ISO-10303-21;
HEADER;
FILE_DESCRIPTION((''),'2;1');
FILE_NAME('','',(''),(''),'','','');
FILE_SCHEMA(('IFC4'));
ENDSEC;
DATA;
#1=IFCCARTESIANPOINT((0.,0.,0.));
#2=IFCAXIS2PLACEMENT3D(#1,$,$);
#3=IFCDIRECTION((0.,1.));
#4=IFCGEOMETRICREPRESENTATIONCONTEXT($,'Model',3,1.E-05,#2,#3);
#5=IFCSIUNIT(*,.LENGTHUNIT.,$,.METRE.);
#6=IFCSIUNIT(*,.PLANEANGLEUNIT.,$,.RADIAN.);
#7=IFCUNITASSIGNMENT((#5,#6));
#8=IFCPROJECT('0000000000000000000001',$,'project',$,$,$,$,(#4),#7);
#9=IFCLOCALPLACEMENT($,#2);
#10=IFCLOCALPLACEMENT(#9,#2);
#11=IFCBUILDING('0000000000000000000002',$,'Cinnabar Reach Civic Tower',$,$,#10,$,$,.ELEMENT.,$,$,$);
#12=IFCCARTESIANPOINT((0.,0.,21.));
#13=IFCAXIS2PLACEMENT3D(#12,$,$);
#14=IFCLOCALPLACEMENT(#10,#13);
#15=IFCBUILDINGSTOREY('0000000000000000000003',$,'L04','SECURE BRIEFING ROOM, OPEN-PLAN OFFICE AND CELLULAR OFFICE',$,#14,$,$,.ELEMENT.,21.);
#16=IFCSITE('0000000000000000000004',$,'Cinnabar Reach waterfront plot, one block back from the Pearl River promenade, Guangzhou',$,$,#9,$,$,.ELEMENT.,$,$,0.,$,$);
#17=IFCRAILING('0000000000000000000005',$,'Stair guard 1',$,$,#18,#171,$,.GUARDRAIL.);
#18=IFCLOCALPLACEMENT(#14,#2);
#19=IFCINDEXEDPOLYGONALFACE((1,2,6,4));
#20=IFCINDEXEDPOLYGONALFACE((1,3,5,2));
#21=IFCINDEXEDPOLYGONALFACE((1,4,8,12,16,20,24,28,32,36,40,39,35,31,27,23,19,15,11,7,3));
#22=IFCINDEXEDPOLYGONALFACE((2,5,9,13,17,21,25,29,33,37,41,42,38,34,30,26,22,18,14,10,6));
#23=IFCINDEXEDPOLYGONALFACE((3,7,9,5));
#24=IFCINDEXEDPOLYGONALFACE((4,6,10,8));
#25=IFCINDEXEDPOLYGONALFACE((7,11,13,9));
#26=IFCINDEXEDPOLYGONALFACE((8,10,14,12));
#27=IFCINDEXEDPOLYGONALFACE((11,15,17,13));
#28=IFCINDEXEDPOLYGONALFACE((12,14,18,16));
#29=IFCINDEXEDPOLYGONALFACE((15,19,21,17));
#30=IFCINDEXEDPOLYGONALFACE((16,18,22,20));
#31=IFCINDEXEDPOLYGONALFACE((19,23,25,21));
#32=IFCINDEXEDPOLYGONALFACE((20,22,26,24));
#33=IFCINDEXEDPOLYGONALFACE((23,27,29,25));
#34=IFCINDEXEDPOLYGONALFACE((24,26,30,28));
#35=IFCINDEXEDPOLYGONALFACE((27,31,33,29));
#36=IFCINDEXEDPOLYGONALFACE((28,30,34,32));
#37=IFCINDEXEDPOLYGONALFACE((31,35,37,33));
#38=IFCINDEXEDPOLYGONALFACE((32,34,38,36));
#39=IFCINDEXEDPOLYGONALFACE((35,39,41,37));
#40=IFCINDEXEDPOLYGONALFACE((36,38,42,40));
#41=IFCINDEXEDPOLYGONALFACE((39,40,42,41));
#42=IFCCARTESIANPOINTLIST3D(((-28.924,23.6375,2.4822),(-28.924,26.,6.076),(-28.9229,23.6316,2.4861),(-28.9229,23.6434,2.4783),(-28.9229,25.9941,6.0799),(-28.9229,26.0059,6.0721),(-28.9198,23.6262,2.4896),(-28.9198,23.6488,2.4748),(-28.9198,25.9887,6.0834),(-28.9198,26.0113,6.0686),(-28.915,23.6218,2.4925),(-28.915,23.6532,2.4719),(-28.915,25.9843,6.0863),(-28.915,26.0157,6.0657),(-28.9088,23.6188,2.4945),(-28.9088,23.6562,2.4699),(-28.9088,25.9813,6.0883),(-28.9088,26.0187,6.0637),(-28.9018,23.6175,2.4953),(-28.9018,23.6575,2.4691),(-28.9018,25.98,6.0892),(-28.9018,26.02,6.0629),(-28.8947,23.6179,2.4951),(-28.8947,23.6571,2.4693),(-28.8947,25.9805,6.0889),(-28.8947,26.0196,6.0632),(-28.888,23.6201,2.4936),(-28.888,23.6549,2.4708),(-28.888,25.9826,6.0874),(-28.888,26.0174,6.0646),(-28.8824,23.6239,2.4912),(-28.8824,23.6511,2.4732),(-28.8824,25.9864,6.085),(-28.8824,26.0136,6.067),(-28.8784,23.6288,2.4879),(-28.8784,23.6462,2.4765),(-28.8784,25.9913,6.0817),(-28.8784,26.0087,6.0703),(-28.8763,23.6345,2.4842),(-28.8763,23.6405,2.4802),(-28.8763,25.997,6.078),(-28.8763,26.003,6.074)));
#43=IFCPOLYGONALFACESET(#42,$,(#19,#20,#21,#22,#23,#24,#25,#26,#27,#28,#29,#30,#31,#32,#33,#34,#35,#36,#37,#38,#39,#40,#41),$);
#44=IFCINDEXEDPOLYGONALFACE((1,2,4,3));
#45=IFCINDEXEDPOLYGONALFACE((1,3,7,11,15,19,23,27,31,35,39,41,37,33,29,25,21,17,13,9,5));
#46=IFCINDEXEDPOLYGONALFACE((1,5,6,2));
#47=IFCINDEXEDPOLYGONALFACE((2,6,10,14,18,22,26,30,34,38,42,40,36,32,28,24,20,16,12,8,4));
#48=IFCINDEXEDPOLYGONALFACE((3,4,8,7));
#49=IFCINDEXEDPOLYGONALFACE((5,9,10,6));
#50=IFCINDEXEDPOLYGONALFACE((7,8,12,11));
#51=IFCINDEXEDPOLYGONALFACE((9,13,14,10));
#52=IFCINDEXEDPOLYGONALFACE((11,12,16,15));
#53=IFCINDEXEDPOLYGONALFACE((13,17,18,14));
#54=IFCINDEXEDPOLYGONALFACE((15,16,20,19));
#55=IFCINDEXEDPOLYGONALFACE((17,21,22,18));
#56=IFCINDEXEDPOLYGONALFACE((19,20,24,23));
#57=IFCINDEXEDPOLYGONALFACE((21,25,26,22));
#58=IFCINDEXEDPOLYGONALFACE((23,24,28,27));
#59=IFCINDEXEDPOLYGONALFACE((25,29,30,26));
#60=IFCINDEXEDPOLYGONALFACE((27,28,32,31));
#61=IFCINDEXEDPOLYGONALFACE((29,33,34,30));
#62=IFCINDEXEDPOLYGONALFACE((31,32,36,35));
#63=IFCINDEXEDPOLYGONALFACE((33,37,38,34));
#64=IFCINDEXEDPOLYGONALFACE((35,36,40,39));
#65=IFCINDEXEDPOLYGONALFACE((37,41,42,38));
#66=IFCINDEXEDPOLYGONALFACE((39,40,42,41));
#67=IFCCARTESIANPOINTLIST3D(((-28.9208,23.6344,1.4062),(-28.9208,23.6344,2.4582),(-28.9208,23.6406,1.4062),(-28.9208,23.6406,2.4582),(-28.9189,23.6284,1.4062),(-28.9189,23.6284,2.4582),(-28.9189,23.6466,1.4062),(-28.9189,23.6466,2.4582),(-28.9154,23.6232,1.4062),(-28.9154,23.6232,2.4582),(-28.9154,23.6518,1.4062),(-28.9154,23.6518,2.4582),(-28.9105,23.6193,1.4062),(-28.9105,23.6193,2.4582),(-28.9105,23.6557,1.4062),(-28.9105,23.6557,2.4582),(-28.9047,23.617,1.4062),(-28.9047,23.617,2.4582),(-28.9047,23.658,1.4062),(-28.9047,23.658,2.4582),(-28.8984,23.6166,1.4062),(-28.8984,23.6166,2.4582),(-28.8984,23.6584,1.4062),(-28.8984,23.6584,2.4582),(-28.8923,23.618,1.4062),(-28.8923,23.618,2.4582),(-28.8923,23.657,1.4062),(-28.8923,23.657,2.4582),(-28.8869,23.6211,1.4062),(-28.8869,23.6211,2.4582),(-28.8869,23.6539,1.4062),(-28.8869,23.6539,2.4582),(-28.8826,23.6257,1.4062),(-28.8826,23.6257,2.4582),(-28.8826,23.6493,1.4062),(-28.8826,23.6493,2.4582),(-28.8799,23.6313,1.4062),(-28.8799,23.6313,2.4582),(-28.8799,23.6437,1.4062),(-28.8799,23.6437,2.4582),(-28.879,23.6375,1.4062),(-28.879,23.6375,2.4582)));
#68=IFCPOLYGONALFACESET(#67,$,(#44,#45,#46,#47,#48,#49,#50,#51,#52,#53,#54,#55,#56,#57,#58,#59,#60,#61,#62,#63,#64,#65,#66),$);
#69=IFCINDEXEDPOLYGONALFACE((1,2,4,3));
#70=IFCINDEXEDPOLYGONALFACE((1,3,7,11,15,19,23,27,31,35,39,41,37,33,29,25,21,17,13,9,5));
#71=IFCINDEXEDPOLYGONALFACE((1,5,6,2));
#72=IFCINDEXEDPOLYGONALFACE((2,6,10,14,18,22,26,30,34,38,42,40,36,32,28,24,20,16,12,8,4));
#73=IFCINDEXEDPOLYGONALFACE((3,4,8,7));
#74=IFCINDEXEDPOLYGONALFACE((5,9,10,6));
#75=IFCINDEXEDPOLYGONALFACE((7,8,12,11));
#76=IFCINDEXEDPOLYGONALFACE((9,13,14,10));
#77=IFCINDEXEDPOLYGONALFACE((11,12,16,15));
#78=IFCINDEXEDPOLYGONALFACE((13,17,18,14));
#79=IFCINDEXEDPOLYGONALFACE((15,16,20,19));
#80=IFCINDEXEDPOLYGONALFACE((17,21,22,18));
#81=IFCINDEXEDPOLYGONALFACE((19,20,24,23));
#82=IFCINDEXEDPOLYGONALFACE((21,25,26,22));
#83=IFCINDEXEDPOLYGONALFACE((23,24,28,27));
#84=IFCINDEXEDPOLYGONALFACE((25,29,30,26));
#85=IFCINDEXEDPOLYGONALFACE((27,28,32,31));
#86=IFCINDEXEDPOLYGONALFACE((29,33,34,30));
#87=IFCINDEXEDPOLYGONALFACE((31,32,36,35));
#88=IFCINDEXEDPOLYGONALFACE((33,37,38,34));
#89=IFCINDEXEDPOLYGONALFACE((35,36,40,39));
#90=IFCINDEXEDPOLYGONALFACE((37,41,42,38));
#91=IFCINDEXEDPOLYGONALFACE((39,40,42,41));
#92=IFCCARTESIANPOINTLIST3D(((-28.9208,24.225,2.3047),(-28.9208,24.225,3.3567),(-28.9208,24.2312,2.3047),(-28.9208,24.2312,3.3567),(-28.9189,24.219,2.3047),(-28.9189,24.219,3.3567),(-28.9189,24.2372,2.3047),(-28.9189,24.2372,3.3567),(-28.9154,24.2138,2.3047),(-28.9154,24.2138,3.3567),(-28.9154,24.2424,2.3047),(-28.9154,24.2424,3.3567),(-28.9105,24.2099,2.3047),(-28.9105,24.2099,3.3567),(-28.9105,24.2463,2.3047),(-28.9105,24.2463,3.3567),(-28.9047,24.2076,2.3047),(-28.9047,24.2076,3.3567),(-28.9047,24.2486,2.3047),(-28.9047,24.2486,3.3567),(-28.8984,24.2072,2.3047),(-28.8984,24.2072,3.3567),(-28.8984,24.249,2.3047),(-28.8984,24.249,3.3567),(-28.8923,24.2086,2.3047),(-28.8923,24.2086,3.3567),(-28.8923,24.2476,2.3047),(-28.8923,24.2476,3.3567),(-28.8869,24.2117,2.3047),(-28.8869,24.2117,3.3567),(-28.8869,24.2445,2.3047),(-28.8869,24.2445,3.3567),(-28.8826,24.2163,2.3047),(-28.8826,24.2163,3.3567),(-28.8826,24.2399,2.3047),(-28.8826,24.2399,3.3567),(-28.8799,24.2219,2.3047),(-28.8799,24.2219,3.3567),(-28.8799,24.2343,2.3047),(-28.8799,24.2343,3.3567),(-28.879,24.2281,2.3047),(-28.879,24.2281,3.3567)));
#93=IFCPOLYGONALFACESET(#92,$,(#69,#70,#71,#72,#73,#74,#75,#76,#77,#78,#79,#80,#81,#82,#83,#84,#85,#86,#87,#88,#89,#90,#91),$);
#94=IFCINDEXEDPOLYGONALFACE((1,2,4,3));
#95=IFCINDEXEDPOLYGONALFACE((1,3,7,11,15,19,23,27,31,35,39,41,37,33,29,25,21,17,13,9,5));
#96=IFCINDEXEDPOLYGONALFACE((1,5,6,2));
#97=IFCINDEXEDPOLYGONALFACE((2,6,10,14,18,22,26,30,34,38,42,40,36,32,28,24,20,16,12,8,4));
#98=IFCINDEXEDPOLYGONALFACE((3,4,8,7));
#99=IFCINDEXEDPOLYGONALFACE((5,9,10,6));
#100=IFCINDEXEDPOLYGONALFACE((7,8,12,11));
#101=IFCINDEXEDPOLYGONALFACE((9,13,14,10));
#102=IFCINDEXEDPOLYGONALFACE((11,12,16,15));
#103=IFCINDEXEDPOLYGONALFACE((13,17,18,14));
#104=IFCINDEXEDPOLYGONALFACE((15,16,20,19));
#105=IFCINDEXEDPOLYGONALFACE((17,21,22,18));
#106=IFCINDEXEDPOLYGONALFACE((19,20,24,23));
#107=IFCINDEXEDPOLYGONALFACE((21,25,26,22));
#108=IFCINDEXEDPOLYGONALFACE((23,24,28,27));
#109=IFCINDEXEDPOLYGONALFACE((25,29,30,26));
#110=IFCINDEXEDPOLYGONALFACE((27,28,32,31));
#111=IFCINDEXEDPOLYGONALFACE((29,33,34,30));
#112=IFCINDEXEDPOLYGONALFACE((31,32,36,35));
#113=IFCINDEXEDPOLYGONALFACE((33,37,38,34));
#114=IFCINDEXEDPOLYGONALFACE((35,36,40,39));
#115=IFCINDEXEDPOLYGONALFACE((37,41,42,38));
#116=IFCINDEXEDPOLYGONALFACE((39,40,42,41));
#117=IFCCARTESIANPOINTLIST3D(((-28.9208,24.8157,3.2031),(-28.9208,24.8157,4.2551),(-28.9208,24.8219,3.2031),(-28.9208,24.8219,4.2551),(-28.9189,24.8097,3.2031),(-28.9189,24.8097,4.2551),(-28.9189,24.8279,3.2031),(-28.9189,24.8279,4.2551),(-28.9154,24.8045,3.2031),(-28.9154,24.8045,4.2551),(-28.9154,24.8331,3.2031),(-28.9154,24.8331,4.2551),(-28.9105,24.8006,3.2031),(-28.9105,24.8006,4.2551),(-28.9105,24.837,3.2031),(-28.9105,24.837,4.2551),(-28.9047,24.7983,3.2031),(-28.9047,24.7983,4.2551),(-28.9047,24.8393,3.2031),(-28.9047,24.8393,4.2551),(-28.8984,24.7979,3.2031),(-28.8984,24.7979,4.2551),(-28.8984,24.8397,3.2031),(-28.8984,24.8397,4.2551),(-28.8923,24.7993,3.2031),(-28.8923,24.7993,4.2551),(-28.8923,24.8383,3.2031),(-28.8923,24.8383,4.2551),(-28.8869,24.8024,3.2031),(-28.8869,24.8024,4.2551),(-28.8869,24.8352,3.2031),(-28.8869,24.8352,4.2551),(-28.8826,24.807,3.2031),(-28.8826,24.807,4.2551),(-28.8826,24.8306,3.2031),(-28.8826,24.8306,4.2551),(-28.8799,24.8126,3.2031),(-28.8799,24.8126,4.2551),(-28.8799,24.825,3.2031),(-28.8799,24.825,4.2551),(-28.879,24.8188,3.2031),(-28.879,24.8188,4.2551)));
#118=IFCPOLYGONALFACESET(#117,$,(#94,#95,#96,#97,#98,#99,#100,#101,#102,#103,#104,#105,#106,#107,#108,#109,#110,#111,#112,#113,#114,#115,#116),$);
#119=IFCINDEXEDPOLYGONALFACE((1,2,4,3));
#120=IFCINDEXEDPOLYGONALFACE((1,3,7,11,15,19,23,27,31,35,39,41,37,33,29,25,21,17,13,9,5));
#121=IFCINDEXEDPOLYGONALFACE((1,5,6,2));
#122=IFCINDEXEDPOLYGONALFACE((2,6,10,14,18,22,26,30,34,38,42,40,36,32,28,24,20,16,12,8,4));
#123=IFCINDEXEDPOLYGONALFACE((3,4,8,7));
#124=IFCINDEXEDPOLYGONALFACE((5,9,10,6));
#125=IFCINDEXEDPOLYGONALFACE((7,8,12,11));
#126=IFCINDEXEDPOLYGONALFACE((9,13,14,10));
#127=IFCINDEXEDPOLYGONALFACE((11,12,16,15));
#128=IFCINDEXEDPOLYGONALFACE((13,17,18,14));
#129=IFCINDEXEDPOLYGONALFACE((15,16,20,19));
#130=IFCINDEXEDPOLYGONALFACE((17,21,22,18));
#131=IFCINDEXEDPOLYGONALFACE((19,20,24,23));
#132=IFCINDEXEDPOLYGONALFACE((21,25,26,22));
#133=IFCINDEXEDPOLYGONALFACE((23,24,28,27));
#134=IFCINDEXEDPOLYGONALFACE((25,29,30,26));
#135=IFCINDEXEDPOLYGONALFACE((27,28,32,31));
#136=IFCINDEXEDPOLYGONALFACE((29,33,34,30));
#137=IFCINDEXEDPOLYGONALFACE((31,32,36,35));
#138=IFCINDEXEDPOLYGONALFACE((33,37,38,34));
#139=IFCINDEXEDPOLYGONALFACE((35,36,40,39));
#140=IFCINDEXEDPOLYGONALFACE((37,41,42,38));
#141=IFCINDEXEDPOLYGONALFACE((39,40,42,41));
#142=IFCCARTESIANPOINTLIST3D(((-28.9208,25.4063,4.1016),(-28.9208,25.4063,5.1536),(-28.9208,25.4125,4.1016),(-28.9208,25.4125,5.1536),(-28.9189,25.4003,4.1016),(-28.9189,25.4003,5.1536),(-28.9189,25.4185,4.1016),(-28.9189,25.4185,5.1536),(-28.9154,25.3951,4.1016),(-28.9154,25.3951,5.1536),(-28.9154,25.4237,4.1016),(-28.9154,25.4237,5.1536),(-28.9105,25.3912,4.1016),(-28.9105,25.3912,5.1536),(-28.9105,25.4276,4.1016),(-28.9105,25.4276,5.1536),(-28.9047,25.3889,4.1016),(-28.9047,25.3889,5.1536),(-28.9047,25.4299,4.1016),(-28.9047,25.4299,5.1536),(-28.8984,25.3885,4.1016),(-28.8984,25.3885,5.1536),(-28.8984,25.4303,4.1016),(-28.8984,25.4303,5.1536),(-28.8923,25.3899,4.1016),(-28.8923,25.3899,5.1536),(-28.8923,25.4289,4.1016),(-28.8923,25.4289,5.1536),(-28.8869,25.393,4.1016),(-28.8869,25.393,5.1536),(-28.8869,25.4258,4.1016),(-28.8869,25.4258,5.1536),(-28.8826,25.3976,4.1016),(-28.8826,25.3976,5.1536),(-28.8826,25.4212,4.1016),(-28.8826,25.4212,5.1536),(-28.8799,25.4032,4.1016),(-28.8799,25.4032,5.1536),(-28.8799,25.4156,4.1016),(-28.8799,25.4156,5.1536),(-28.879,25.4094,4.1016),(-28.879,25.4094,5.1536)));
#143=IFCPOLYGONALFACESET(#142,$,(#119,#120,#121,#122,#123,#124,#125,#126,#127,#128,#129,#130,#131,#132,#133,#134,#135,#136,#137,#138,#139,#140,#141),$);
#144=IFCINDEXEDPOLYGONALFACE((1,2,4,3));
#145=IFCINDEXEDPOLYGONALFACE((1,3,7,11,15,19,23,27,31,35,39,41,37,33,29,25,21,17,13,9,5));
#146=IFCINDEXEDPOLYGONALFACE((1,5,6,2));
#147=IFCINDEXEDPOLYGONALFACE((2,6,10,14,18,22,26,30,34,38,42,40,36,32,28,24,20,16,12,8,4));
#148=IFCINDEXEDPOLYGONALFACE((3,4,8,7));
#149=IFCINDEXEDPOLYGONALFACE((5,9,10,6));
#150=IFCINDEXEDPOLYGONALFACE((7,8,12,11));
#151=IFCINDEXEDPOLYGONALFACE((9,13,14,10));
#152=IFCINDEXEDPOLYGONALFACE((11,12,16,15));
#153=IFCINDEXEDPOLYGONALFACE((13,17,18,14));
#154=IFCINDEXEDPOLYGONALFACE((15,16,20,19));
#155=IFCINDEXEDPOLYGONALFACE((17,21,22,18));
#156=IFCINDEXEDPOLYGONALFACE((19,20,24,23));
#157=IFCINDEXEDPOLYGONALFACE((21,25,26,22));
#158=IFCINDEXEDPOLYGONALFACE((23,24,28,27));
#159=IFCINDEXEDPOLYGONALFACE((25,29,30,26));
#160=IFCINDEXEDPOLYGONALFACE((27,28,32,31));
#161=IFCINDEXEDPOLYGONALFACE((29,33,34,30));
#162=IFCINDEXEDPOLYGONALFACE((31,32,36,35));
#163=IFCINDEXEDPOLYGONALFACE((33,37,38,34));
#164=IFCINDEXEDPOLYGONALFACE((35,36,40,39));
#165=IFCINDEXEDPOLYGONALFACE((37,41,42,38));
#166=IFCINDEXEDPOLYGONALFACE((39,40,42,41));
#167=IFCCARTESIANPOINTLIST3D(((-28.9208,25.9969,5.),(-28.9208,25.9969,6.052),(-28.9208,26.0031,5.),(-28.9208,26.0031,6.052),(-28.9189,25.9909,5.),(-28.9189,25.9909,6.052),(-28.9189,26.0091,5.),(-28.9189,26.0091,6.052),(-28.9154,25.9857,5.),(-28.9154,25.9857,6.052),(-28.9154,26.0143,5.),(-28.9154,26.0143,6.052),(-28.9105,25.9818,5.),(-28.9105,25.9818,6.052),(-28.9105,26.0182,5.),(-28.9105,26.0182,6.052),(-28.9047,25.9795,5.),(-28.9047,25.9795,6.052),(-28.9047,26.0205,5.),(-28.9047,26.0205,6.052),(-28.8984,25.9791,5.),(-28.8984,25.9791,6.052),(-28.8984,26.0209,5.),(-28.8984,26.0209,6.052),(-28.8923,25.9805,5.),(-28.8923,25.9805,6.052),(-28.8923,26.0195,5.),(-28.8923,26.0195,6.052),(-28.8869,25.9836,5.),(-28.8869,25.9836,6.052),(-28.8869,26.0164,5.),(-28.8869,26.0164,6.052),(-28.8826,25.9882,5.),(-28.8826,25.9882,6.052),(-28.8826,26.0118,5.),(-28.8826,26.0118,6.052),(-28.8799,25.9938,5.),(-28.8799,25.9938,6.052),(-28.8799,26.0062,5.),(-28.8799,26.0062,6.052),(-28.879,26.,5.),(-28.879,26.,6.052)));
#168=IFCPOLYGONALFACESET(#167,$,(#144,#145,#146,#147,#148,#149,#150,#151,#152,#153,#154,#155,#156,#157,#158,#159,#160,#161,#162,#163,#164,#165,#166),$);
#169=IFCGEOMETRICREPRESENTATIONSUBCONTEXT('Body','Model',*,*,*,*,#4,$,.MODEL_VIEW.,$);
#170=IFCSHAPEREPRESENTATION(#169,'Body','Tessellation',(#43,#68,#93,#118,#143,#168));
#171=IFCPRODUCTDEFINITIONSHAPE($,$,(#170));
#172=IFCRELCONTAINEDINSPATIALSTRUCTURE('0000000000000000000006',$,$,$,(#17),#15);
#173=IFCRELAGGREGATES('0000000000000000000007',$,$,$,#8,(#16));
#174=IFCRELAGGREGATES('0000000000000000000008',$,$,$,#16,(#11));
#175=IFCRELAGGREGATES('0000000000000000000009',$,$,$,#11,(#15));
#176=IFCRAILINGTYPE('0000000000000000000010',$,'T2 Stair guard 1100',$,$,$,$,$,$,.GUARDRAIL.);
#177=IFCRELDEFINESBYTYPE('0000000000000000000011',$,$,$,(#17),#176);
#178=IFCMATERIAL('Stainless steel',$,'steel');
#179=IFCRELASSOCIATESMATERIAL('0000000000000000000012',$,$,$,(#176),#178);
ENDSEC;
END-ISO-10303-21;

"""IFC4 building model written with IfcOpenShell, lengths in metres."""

from ifc_helpers import new_model, si_unit, direction, frame, origin, origin_2d, place, context, subcontext, project, spatial, circle, extrude, material, type_object, element, save


model = new_model("IFC4")

# Units and contexts
model_context = context("Model", 3, precision=1e-05, world=origin(), true_north=direction((0.0, 1.0)))
body_context = subcontext(model_context, "Body", "Model", "MODEL_VIEW")
ifc_project = project(units=[si_unit("LENGTHUNIT", "METRE"), si_unit("PLANEANGLEUNIT", "RADIAN")], contexts=[model_context])

# Site, building, storey
site_placement = place(None, origin())
site = spatial("IfcSite", under=ifc_project, at=site_placement, Name="Cinnabar Reach waterfront plot, one block back from the Pearl River promenade, Guangzhou", CompositionType="ELEMENT", RefElevation=0.0)
building_placement = place(site_placement, origin())
building = spatial("IfcBuilding", under=site, at=building_placement, Name="Cinnabar Reach Civic Tower", CompositionType="ELEMENT")
storey_placement = place(building_placement, frame((0.0, 0.0, 21.0)))
storey = spatial("IfcBuildingStorey", under=building, at=storey_placement, Name="L04", Description="SECURE BRIEFING ROOM, OPEN-PLAN OFFICE AND CELLULAR OFFICE", CompositionType="ELEMENT", Elevation=21.0)

# Railing
ifc_material_1 = material(Name="Stainless steel", Category="steel")
railing_type = type_object("IfcRailingType", Name="T2 Stair guard 1100", PredefinedType="GUARDRAIL", material=ifc_material_1)
railing_1_placement = place(storey_placement, frame((-28.9, 23.6375, 1.4062)))
element("IfcRailing", 1, at=railing_1_placement, inside=storey, type_object=railing_type, Name="Stair guard 1", PredefinedType="GUARDRAIL", context=body_context, shape_type="SweptSolid", body=[
    extrude(circle(Radius=0.024, at=origin_2d()), frame((0.0, 0.0, 1.076), z_axis=(0.0, 0.549318, 0.835614), x_axis=(-1.0, 0.0, 0.0)), (0.0, 0.0, 1.0), 4.3008),
    extrude(circle(Radius=0.021, at=origin_2d()), origin(), (0.0, 0.0, 1.0), 1.052),
    extrude(circle(Radius=0.021, at=origin_2d()), frame((0.0, 0.5906, 0.8985)), (0.0, 0.0, 1.0), 1.052),
    extrude(circle(Radius=0.021, at=origin_2d()), frame((0.0, 1.1813, 1.7969)), (0.0, 0.0, 1.0), 1.052),
    extrude(circle(Radius=0.021, at=origin_2d()), frame((0.0, 1.7719, 2.6954)), (0.0, 0.0, 1.0), 1.052),
    extrude(circle(Radius=0.021, at=origin_2d()), frame((0.0, 2.3625, 3.5938)), (0.0, 0.0, 1.0), 1.052),
])

save(model, "model.ifc")
